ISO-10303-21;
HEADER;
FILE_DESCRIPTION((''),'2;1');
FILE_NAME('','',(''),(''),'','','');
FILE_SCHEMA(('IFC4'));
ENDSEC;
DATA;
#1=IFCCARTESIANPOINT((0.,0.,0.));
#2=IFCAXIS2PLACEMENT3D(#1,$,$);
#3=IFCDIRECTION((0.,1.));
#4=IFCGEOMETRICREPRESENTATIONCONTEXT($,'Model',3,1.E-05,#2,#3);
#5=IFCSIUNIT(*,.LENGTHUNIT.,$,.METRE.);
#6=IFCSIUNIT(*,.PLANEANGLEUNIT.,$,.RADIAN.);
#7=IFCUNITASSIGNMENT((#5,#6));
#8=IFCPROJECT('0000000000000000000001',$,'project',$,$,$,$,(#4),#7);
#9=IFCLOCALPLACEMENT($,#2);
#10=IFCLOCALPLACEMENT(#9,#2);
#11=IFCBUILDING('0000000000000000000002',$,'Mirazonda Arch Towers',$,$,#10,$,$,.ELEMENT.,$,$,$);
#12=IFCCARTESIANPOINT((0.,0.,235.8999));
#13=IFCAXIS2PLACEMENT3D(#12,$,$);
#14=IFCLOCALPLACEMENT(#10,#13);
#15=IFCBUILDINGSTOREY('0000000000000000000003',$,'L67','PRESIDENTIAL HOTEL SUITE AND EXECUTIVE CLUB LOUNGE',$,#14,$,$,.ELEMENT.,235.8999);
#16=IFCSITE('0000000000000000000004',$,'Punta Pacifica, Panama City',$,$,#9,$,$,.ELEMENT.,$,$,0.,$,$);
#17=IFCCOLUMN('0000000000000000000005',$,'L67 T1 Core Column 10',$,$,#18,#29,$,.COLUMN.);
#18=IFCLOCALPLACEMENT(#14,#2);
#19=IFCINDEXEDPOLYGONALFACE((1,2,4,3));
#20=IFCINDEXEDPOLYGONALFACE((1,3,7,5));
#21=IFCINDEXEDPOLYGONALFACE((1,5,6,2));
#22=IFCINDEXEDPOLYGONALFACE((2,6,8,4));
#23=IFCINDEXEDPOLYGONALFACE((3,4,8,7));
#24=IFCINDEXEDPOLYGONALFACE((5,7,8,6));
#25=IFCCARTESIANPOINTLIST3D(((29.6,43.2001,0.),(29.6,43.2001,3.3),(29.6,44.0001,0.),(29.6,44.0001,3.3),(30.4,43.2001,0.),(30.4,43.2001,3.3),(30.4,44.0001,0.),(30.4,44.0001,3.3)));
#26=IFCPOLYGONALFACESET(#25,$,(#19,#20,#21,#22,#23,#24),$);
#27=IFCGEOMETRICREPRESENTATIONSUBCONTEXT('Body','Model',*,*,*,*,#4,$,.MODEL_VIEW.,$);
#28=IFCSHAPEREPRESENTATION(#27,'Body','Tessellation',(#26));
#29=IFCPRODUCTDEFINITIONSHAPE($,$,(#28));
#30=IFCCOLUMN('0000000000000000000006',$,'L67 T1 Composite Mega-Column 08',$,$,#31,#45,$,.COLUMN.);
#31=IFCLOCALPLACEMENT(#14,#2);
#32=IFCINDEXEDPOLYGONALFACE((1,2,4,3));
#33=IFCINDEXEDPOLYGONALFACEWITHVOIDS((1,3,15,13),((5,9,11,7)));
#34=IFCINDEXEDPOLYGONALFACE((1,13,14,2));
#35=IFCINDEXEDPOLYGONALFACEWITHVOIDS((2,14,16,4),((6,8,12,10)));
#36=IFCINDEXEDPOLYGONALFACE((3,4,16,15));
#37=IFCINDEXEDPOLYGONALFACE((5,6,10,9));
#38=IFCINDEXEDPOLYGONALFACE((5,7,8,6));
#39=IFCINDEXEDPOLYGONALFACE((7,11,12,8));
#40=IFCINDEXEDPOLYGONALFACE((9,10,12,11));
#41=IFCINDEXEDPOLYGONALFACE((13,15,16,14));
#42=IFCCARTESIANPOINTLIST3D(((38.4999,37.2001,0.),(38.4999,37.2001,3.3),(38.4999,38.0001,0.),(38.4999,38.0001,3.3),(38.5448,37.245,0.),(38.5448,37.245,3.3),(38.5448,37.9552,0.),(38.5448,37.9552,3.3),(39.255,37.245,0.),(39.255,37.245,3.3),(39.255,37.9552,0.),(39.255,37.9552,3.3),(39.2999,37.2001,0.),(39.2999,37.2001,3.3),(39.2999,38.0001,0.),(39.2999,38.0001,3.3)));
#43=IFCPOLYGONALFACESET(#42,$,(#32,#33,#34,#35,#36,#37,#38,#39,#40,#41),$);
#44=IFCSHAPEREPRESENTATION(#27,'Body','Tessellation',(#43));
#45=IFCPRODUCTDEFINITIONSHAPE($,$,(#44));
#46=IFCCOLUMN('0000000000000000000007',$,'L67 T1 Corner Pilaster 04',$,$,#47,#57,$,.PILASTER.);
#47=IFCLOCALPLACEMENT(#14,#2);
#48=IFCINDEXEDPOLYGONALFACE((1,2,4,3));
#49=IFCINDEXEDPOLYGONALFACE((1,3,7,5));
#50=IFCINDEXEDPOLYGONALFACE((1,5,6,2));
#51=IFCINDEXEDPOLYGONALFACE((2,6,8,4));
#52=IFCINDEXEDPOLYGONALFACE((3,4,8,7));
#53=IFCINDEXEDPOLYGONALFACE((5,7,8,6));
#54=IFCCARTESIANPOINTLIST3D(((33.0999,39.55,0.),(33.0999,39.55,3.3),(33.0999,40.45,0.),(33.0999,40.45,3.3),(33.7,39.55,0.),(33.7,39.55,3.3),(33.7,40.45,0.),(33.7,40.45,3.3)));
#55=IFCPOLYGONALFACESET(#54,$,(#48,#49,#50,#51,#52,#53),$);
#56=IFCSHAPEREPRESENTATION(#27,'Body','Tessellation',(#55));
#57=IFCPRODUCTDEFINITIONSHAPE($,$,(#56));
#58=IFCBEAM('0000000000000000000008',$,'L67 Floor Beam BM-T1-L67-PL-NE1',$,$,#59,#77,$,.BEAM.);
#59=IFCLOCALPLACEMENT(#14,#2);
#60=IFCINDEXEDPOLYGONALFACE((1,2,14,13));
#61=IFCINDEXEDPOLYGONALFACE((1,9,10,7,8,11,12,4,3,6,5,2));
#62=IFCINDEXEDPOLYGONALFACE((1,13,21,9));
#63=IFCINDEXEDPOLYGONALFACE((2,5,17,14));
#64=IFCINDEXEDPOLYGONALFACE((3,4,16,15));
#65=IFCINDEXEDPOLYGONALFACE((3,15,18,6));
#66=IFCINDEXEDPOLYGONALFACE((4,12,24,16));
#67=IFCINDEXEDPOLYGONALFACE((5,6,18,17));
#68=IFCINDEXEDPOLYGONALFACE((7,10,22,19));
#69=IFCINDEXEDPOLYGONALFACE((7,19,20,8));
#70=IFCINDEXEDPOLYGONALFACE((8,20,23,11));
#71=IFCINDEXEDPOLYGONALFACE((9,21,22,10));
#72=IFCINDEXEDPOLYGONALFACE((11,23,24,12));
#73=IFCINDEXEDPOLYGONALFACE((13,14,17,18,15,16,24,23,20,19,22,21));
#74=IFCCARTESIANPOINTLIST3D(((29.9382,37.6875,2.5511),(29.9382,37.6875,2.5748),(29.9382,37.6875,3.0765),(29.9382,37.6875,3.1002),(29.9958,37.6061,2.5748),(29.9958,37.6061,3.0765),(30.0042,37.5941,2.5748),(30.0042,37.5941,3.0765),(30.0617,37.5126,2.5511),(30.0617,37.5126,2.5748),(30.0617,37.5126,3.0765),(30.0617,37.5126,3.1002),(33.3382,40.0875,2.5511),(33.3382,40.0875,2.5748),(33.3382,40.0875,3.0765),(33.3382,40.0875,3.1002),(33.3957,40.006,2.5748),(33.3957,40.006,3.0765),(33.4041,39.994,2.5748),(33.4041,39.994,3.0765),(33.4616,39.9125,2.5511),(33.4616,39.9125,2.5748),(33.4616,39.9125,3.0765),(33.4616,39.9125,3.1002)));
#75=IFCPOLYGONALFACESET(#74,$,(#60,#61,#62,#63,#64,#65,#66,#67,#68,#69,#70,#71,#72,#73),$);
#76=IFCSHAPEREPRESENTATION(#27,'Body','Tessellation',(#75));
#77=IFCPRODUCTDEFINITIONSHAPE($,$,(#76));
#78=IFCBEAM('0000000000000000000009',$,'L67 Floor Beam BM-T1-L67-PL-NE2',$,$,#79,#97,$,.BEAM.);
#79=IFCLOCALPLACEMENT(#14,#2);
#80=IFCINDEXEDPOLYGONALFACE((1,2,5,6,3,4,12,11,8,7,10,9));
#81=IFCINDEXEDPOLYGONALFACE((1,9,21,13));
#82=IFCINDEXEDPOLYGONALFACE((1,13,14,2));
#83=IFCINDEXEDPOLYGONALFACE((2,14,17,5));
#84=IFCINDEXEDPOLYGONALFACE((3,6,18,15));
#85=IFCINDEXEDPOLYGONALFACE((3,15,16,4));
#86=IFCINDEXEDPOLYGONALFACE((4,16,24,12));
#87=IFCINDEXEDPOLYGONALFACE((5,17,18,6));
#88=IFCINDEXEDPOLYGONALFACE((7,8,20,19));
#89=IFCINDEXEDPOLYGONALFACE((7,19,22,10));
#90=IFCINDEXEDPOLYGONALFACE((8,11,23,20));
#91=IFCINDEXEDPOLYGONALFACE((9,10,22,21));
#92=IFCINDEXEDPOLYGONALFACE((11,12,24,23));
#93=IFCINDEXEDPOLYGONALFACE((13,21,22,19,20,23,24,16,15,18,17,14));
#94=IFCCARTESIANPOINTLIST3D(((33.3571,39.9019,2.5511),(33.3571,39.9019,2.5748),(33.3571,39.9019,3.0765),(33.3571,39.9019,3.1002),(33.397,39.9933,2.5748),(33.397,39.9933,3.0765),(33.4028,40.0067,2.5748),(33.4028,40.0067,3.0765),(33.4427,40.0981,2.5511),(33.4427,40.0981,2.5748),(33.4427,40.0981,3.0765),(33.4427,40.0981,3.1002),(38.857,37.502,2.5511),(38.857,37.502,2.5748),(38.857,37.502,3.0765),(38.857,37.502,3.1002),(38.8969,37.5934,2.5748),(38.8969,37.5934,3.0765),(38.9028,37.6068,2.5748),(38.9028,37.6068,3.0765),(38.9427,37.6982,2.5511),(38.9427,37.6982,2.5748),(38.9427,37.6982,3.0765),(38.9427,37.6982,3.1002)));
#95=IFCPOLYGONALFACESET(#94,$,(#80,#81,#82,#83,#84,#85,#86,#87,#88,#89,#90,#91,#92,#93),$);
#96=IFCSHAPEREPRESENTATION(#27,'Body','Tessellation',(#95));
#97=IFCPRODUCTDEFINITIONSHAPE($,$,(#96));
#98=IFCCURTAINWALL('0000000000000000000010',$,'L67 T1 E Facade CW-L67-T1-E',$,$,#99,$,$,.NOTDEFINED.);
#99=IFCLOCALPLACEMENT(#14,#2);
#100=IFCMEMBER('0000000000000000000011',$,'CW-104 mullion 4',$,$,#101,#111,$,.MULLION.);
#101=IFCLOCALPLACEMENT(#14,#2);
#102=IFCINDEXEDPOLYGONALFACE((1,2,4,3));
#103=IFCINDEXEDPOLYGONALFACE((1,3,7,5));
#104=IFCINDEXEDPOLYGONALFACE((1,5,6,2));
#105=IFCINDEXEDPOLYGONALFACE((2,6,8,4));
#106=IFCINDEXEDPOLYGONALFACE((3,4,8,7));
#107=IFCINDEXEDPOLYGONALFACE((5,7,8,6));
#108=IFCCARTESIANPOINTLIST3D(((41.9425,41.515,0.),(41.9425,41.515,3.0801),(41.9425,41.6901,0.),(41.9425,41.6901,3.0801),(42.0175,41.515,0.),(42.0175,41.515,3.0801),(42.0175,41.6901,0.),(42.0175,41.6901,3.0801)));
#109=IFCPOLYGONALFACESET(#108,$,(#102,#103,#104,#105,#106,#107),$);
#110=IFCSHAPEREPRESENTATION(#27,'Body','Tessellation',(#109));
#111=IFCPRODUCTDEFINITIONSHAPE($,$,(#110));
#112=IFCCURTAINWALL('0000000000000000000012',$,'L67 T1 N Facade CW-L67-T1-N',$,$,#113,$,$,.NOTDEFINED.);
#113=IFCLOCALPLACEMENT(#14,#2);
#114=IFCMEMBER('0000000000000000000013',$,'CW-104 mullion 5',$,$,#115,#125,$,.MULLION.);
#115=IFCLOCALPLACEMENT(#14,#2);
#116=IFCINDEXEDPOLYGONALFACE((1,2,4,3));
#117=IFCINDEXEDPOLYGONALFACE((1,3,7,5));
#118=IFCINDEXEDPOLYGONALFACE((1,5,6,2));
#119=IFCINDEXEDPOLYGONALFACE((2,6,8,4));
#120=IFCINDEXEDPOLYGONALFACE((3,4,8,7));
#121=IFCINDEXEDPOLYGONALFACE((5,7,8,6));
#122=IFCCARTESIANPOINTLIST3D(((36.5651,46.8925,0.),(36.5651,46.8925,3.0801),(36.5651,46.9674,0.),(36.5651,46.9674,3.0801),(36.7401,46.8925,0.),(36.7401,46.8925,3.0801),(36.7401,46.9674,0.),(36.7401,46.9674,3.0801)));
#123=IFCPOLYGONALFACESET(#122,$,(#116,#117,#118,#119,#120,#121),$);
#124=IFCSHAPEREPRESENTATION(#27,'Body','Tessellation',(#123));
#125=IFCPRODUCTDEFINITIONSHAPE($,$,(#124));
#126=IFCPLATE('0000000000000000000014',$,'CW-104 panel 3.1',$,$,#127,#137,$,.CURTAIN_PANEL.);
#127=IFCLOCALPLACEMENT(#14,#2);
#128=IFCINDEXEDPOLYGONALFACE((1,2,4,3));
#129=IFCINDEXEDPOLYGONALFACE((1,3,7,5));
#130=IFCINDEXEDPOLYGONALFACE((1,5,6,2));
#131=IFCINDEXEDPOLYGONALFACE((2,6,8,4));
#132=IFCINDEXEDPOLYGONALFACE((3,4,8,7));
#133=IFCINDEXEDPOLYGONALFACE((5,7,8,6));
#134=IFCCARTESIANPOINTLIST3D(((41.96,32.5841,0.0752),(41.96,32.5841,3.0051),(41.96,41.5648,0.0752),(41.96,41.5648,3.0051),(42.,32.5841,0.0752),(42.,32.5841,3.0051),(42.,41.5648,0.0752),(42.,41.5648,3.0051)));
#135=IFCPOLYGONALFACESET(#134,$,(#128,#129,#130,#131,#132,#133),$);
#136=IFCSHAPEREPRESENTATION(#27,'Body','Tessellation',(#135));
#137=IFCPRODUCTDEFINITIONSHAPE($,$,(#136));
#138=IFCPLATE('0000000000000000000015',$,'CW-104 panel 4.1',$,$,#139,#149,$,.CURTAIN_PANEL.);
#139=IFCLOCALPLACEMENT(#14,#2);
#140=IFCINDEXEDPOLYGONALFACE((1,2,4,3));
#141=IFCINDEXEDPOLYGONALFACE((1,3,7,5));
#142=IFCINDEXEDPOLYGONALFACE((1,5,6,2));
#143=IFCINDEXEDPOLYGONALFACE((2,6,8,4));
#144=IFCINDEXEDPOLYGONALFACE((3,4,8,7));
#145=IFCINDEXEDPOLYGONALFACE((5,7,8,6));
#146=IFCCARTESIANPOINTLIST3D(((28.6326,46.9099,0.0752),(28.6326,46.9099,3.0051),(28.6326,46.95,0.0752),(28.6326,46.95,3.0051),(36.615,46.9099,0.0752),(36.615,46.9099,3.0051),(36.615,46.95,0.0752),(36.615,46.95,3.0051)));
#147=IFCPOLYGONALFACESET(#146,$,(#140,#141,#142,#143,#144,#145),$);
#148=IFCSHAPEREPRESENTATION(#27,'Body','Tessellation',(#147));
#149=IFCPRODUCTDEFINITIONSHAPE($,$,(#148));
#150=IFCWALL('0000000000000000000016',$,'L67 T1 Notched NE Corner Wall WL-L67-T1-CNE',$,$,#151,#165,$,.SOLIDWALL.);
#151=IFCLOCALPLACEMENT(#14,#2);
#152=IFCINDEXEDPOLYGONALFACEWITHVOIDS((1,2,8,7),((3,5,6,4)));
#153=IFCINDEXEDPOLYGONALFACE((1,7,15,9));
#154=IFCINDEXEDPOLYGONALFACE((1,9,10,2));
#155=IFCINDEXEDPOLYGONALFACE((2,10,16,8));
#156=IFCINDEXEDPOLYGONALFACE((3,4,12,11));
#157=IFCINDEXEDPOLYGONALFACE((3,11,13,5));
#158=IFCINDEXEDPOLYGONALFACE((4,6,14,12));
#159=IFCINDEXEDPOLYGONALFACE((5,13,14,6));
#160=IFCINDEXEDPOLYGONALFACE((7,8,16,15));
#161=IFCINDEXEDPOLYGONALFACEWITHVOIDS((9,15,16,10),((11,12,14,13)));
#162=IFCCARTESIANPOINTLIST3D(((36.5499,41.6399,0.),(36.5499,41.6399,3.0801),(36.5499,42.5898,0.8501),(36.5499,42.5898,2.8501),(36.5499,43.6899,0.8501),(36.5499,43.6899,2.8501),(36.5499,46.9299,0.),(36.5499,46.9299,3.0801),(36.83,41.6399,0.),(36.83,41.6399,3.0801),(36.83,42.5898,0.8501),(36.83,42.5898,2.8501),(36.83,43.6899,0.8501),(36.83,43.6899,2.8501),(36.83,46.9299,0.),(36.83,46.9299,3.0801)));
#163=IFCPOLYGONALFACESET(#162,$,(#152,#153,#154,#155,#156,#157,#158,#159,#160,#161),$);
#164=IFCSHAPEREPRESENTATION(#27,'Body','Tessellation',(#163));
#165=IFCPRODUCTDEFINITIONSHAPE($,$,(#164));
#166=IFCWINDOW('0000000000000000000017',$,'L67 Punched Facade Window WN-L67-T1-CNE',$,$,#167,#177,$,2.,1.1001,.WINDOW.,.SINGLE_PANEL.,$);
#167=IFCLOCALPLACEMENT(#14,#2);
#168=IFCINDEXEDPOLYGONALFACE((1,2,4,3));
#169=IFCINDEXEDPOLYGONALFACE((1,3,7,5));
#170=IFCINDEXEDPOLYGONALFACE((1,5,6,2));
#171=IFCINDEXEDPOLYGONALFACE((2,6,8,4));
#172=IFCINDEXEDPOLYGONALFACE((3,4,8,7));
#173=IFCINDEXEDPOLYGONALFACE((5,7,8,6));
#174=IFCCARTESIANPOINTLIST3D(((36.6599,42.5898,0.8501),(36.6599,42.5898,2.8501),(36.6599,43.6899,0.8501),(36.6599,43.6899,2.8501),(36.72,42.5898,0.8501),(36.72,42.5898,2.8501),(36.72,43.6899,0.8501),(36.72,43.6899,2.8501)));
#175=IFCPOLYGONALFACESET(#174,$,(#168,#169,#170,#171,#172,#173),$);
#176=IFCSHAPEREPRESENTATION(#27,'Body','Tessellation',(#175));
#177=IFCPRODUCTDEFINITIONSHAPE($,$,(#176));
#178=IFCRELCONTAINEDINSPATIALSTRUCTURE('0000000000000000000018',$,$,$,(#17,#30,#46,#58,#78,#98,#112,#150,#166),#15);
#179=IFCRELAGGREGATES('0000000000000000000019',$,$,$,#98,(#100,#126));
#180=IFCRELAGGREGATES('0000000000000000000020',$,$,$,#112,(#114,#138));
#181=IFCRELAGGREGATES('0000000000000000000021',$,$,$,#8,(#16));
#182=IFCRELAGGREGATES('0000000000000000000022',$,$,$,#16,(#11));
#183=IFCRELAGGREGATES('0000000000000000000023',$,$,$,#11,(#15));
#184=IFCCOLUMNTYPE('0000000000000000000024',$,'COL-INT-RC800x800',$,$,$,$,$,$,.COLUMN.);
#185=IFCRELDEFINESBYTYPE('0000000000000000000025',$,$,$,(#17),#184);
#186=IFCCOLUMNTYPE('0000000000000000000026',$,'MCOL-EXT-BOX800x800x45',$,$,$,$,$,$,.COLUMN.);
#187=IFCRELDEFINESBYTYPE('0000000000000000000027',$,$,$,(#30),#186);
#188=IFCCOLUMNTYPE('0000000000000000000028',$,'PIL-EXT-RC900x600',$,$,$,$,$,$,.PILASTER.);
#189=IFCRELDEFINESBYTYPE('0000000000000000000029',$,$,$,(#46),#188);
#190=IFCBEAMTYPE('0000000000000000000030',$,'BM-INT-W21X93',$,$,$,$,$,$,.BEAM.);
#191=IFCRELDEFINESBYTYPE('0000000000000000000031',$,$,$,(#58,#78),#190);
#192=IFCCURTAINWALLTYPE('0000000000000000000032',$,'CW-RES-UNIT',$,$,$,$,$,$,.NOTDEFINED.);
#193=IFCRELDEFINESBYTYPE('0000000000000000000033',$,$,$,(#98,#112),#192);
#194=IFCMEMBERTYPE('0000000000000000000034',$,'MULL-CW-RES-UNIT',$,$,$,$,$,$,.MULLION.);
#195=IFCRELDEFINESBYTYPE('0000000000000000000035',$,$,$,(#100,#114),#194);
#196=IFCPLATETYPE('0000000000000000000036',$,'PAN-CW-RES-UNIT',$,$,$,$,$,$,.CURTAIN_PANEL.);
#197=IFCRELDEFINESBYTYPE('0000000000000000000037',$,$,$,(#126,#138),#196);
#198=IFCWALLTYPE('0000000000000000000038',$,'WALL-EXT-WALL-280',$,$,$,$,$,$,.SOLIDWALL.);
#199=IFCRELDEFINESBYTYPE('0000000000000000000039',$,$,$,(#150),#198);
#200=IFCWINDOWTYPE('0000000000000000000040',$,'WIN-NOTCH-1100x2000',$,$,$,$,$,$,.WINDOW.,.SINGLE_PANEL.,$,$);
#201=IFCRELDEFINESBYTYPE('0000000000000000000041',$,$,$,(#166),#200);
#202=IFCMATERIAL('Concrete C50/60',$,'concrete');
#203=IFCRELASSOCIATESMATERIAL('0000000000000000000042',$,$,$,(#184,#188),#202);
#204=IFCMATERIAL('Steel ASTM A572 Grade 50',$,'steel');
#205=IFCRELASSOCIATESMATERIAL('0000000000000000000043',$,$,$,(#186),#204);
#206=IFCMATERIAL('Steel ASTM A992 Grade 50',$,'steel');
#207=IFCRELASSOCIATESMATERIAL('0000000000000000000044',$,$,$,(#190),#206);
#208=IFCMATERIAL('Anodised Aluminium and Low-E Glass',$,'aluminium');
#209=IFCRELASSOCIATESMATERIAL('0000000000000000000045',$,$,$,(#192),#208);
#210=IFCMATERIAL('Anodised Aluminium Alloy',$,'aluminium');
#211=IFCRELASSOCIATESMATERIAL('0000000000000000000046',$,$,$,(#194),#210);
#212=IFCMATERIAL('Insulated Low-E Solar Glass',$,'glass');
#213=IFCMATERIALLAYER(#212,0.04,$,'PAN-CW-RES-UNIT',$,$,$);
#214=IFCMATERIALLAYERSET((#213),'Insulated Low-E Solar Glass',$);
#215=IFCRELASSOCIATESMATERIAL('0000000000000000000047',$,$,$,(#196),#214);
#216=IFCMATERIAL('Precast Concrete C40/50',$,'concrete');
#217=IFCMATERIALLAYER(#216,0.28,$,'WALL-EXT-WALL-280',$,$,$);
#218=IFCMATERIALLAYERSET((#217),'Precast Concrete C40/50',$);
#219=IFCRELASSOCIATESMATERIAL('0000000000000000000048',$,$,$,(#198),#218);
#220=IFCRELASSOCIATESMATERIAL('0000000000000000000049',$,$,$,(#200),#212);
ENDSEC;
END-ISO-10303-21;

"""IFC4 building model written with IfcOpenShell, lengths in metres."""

from ifc_helpers import new_model, si_unit, direction, frame, frame_2d, origin, origin_2d, place, context, subcontext, project, spatial, rectangle, hollow_rectangle, i_section, extrude, material, layer, layer_set, material_profile, profile_set, type_object, element, fill, aggregate, save


model = new_model("IFC4")

# Units and contexts
model_context = context("Model", 3, precision=1e-05, world=origin(), true_north=direction((0.0, 1.0)))
body_context = subcontext(model_context, "Body", "Model", "MODEL_VIEW")
ifc_project = project(units=[si_unit("LENGTHUNIT", "METRE"), si_unit("PLANEANGLEUNIT", "RADIAN")], contexts=[model_context])

# Site, building, storey
site_placement = place(None, origin())
site = spatial("IfcSite", under=ifc_project, at=site_placement, Name="Punta Pacifica, Panama City", CompositionType="ELEMENT", RefElevation=0.0)
building_placement = place(site_placement, origin())
building = spatial("IfcBuilding", under=site, at=building_placement, Name="Mirazonda Arch Towers", CompositionType="ELEMENT")
storey_placement = place(building_placement, frame((0.0, 0.0, 235.8999)))
storey = spatial("IfcBuildingStorey", under=building, at=storey_placement, Name="L67", Description="PRESIDENTIAL HOTEL SUITE AND EXECUTIVE CLUB LOUNGE", CompositionType="ELEMENT", Elevation=235.8999)

# Columns
ifc_material_1 = material(Name="Concrete C50/60", Category="concrete")
ifc_material_profile_1 = material_profile(ifc_material_1, rectangle(XDim=0.8, YDim=0.8, at=origin_2d()), Name="RC800x800")
ifc_profile_set_1 = profile_set([ifc_material_profile_1], Name="Concrete C50/60")
column_type_1 = type_object("IfcColumnType", Name="COL-INT-RC800x800", PredefinedType="COLUMN", material=ifc_profile_set_1)
column_1_placement = place(storey_placement, frame((30.0, 43.6001, 0.0), z_axis=(0.0, 0.0, 1.0), x_axis=(1.0, 0.0, 0.0)))
element("IfcColumn", 1, at=column_1_placement, inside=storey, type_object=column_type_1, Name="L67 T1 Core Column 10", PredefinedType="COLUMN", context=body_context, shape_type="SweptSolid", body=[
    extrude(rectangle(XDim=0.8, YDim=0.8, at=origin_2d()), origin(), (0.0, 0.0, 1.0), 3.3),
])
ifc_material_2 = material(Name="Steel ASTM A572 Grade 50", Category="steel")
ifc_material_profile_2 = material_profile(ifc_material_2, hollow_rectangle(XDim=0.8, YDim=0.8, WallThickness=0.0449, at=origin_2d()), Name="BOX800x800x45")
ifc_profile_set_2 = profile_set([ifc_material_profile_2], Name="Steel ASTM A572 Grade 50")
column_type_2 = type_object("IfcColumnType", Name="MCOL-EXT-BOX800x800x45", PredefinedType="COLUMN", material=ifc_profile_set_2)
column_2_placement = place(storey_placement, frame((38.8999, 37.6001, 0.0), z_axis=(0.0, 0.0, 1.0), x_axis=(1.0, 0.0, 0.0)))
element("IfcColumn", 2, at=column_2_placement, inside=storey, type_object=column_type_2, Name="L67 T1 Composite Mega-Column 08", PredefinedType="COLUMN", context=body_context, shape_type="SweptSolid", body=[
    extrude(hollow_rectangle(XDim=0.8, YDim=0.8, WallThickness=0.0449, at=origin_2d()), origin(), (0.0, 0.0, 1.0), 3.3),
])
ifc_material_profile_3 = material_profile(ifc_material_1, rectangle(XDim=0.6001, YDim=0.8999, at=origin_2d()), Name="RC900x600")
ifc_profile_set_3 = profile_set([ifc_material_profile_3], Name="Concrete C50/60")
column_type_3 = type_object("IfcColumnType", Name="PIL-EXT-RC900x600", PredefinedType="PILASTER", material=ifc_profile_set_3)
column_3_placement = place(storey_placement, frame((33.3999, 40.0, 0.0), z_axis=(0.0, 0.0, 1.0), x_axis=(1.0, 0.0, 0.0)))
element("IfcColumn", 3, at=column_3_placement, inside=storey, type_object=column_type_3, Name="L67 T1 Corner Pilaster 04", PredefinedType="PILASTER", context=body_context, shape_type="SweptSolid", body=[
    extrude(rectangle(XDim=0.6001, YDim=0.8999, at=origin_2d()), origin(), (0.0, 0.0, 1.0), 3.3),
])

# Beams
ifc_material_3 = material(Name="Steel ASTM A992 Grade 50", Category="steel")
ifc_material_profile_4 = material_profile(ifc_material_3, i_section(OverallWidth=0.2141, OverallDepth=0.5491, WebThickness=0.0146, FlangeThickness=0.0237, at=origin_2d()), Name="W21X93")
ifc_profile_set_4 = profile_set([ifc_material_profile_4], Name="Steel ASTM A992 Grade 50")
beam_type = type_object("IfcBeamType", Name="BM-INT-W21X93", PredefinedType="BEAM", material=ifc_profile_set_4)
beam_1_placement = place(storey_placement, frame((33.3999, 40.0, 2.8257), z_axis=(-0.816971, -0.576679, 0.0), x_axis=(0.576679, -0.816971, 0.0)))
element("IfcBeam", 4, at=beam_1_placement, inside=storey, type_object=beam_type, Name="L67 Floor Beam BM-T1-L67-PL-NE1", PredefinedType="BEAM", context=body_context, shape_type="SweptSolid", body=[
    extrude(i_section(OverallWidth=0.2141, OverallDepth=0.5491, WebThickness=0.0146, FlangeThickness=0.0237, at=origin_2d()), origin(), (0.0, 0.0, 1.0), 4.1616),
])
beam_2_placement = place(storey_placement, frame((33.3999, 40.0, 2.8257), z_axis=(0.916545, -0.399931, 0.0), x_axis=(0.399931, 0.916545, 0.0)))
element("IfcBeam", 5, at=beam_2_placement, inside=storey, type_object=beam_type, Name="L67 Floor Beam BM-T1-L67-PL-NE2", PredefinedType="BEAM", context=body_context, shape_type="SweptSolid", body=[
    extrude(i_section(OverallWidth=0.2141, OverallDepth=0.5491, WebThickness=0.0146, FlangeThickness=0.0237, at=origin_2d()), origin(), (0.0, 0.0, 1.0), 6.0007),
])

# Curtain walls, members
ifc_material_4 = material(Name="Anodised Aluminium and Low-E Glass", Category="aluminium")
curtain_wall_type = type_object("IfcCurtainWallType", Name="CW-RES-UNIT", PredefinedType="NOTDEFINED", material=ifc_material_4)
curtain_wall_1_placement = place(storey_placement, origin())
curtain_wall_1 = element("IfcCurtainWall", 6, at=curtain_wall_1_placement, inside=storey, type_object=curtain_wall_type, Name="L67 T1 E Facade CW-L67-T1-E", PredefinedType="NOTDEFINED")
ifc_material_5 = material(Name="Anodised Aluminium Alloy", Category="aluminium")
ifc_material_profile_5 = material_profile(ifc_material_5, rectangle(XDim=0.075, YDim=0.175, at=origin_2d()), Name="ALU-MULL-75x175")
ifc_profile_set_5 = profile_set([ifc_material_profile_5], Name="Anodised Aluminium Alloy")
member_type = type_object("IfcMemberType", Name="MULL-CW-RES-UNIT", PredefinedType="MULLION", material=ifc_profile_set_5)
member_1_placement = place(storey_placement, frame((41.98, 41.6025, 0.0), z_axis=(0.0, 0.0, 1.0), x_axis=(-1.0, 0.0, 0.0)))
member_1 = element("IfcMember", 7, at=member_1_placement, type_object=member_type, Name="CW-104 mullion 4", PredefinedType="MULLION", context=body_context, shape_type="SweptSolid", body=[
    extrude(rectangle(XDim=0.075, YDim=0.175, at=origin_2d()), origin(), (0.0, 0.0, 1.0), 3.0801),
])
curtain_wall_2_placement = place(storey_placement, origin())
curtain_wall_2 = element("IfcCurtainWall", 8, at=curtain_wall_2_placement, inside=storey, type_object=curtain_wall_type, Name="L67 T1 N Facade CW-L67-T1-N", PredefinedType="NOTDEFINED")
member_2_placement = place(storey_placement, frame((36.6526, 46.9299, 0.0), z_axis=(0.0, 0.0, 1.0), x_axis=(0.0, 1.0, 0.0)))
member_2 = element("IfcMember", 9, at=member_2_placement, type_object=member_type, Name="CW-104 mullion 5", PredefinedType="MULLION", context=body_context, shape_type="SweptSolid", body=[
    extrude(rectangle(XDim=0.075, YDim=0.175, at=origin_2d()), origin(), (0.0, 0.0, 1.0), 3.0801),
])

# Plates
ifc_material_6 = material(Name="Insulated Low-E Solar Glass", Category="glass")
ifc_layer_1 = layer(ifc_material_6, 0.04, Name="PAN-CW-RES-UNIT")
ifc_layer_set_1 = layer_set([ifc_layer_1], Name="Insulated Low-E Solar Glass")
plate_type = type_object("IfcPlateType", Name="PAN-CW-RES-UNIT", PredefinedType="CURTAIN_PANEL", material=ifc_layer_set_1)
plate_1_placement = place(storey_placement, frame((41.98, 37.0745, 0.0752), z_axis=(0.0, 0.0, 1.0), x_axis=(0.0, 1.0, 0.0)))
plate_1 = element("IfcPlate", 10, at=plate_1_placement, type_object=plate_type, Name="CW-104 panel 3.1", PredefinedType="CURTAIN_PANEL", context=body_context, shape_type="SweptSolid", body=[
    extrude(rectangle(XDim=8.9807, YDim=0.04, at=origin_2d()), origin(), (0.0, 0.0, 1.0), 2.9299),
])
aggregate(curtain_wall_1, [member_1, plate_1])
plate_2_placement = place(storey_placement, frame((32.6238, 46.9299, 0.0752), z_axis=(0.0, 0.0, 1.0), x_axis=(1.0, 0.0, 0.0)))
plate_2 = element("IfcPlate", 11, at=plate_2_placement, type_object=plate_type, Name="CW-104 panel 4.1", PredefinedType="CURTAIN_PANEL", context=body_context, shape_type="SweptSolid", body=[
    extrude(rectangle(XDim=7.9824, YDim=0.04, at=origin_2d()), origin(), (0.0, 0.0, 1.0), 2.9299),
])
aggregate(curtain_wall_2, [member_2, plate_2])

# Wall, opening, window
ifc_material_7 = material(Name="Precast Concrete C40/50", Category="concrete")
ifc_layer_2 = layer(ifc_material_7, 0.28, Name="WALL-EXT-WALL-280")
ifc_layer_set_2 = layer_set([ifc_layer_2], Name="Precast Concrete C40/50")
wall_type_1 = type_object("IfcWallType", Name="WALL-EXT-WALL-280", PredefinedType="SOLIDWALL", material=ifc_layer_set_2)
wall_1_placement = place(storey_placement, frame((36.6899, 41.6399, 0.0), z_axis=(0.0, 0.0, 1.0), x_axis=(0.0, 1.0, 0.0)))
wall_1 = element("IfcWall", 12, at=wall_1_placement, inside=storey, type_object=wall_type_1, Name="L67 T1 Notched NE Corner Wall WL-L67-T1-CNE", PredefinedType="SOLIDWALL", context=body_context, shape_type="SweptSolid", body=[
    extrude(rectangle(XDim=5.29, YDim=0.28, at=frame_2d((2.645, 0.0))), origin(), (0.0, 0.0, 1.0), 3.0801),
])
opening_1_placement = place(wall_1_placement, frame((0.95, 0.0, 0.8501)))
opening_1 = element("IfcOpeningElement", 13, at=opening_1_placement, cuts=wall_1, PredefinedType="OPENING", context=body_context, shape_type="SweptSolid", body=[
    extrude(rectangle(XDim=1.1001, YDim=2.0, at=frame_2d((0.55, 1.0))), frame((0.0, 0.1499, 0.0), z_axis=(0.0, -1.0, 0.0), x_axis=(1.0, 0.0, 0.0)), (0.0, 0.0, 1.0), 0.3),
])
window_type = type_object("IfcWindowType", Name="WIN-NOTCH-1100x2000", PartitioningType="SINGLE_PANEL", PredefinedType="WINDOW", material=ifc_material_6)
window_1_placement = place(opening_1_placement, origin())
window_1 = element("IfcWindow", 14, at=window_1_placement, inside=storey, type_object=window_type, Name="L67 Punched Facade Window WN-L67-T1-CNE", OverallHeight=2.0, OverallWidth=1.1001, PartitioningType="SINGLE_PANEL", PredefinedType="WINDOW", context=body_context, shape_type="SweptSolid", body=[
    extrude(rectangle(XDim=1.1001, YDim=2.0, at=frame_2d((0.55, 1.0))), frame((0.0, 0.03, 0.0), z_axis=(0.0, -1.0, 0.0), x_axis=(1.0, 0.0, 0.0)), (0.0, 0.0, 1.0), 0.0601),
])
fill(opening_1, window_1)

save(model, "model.ifc")
